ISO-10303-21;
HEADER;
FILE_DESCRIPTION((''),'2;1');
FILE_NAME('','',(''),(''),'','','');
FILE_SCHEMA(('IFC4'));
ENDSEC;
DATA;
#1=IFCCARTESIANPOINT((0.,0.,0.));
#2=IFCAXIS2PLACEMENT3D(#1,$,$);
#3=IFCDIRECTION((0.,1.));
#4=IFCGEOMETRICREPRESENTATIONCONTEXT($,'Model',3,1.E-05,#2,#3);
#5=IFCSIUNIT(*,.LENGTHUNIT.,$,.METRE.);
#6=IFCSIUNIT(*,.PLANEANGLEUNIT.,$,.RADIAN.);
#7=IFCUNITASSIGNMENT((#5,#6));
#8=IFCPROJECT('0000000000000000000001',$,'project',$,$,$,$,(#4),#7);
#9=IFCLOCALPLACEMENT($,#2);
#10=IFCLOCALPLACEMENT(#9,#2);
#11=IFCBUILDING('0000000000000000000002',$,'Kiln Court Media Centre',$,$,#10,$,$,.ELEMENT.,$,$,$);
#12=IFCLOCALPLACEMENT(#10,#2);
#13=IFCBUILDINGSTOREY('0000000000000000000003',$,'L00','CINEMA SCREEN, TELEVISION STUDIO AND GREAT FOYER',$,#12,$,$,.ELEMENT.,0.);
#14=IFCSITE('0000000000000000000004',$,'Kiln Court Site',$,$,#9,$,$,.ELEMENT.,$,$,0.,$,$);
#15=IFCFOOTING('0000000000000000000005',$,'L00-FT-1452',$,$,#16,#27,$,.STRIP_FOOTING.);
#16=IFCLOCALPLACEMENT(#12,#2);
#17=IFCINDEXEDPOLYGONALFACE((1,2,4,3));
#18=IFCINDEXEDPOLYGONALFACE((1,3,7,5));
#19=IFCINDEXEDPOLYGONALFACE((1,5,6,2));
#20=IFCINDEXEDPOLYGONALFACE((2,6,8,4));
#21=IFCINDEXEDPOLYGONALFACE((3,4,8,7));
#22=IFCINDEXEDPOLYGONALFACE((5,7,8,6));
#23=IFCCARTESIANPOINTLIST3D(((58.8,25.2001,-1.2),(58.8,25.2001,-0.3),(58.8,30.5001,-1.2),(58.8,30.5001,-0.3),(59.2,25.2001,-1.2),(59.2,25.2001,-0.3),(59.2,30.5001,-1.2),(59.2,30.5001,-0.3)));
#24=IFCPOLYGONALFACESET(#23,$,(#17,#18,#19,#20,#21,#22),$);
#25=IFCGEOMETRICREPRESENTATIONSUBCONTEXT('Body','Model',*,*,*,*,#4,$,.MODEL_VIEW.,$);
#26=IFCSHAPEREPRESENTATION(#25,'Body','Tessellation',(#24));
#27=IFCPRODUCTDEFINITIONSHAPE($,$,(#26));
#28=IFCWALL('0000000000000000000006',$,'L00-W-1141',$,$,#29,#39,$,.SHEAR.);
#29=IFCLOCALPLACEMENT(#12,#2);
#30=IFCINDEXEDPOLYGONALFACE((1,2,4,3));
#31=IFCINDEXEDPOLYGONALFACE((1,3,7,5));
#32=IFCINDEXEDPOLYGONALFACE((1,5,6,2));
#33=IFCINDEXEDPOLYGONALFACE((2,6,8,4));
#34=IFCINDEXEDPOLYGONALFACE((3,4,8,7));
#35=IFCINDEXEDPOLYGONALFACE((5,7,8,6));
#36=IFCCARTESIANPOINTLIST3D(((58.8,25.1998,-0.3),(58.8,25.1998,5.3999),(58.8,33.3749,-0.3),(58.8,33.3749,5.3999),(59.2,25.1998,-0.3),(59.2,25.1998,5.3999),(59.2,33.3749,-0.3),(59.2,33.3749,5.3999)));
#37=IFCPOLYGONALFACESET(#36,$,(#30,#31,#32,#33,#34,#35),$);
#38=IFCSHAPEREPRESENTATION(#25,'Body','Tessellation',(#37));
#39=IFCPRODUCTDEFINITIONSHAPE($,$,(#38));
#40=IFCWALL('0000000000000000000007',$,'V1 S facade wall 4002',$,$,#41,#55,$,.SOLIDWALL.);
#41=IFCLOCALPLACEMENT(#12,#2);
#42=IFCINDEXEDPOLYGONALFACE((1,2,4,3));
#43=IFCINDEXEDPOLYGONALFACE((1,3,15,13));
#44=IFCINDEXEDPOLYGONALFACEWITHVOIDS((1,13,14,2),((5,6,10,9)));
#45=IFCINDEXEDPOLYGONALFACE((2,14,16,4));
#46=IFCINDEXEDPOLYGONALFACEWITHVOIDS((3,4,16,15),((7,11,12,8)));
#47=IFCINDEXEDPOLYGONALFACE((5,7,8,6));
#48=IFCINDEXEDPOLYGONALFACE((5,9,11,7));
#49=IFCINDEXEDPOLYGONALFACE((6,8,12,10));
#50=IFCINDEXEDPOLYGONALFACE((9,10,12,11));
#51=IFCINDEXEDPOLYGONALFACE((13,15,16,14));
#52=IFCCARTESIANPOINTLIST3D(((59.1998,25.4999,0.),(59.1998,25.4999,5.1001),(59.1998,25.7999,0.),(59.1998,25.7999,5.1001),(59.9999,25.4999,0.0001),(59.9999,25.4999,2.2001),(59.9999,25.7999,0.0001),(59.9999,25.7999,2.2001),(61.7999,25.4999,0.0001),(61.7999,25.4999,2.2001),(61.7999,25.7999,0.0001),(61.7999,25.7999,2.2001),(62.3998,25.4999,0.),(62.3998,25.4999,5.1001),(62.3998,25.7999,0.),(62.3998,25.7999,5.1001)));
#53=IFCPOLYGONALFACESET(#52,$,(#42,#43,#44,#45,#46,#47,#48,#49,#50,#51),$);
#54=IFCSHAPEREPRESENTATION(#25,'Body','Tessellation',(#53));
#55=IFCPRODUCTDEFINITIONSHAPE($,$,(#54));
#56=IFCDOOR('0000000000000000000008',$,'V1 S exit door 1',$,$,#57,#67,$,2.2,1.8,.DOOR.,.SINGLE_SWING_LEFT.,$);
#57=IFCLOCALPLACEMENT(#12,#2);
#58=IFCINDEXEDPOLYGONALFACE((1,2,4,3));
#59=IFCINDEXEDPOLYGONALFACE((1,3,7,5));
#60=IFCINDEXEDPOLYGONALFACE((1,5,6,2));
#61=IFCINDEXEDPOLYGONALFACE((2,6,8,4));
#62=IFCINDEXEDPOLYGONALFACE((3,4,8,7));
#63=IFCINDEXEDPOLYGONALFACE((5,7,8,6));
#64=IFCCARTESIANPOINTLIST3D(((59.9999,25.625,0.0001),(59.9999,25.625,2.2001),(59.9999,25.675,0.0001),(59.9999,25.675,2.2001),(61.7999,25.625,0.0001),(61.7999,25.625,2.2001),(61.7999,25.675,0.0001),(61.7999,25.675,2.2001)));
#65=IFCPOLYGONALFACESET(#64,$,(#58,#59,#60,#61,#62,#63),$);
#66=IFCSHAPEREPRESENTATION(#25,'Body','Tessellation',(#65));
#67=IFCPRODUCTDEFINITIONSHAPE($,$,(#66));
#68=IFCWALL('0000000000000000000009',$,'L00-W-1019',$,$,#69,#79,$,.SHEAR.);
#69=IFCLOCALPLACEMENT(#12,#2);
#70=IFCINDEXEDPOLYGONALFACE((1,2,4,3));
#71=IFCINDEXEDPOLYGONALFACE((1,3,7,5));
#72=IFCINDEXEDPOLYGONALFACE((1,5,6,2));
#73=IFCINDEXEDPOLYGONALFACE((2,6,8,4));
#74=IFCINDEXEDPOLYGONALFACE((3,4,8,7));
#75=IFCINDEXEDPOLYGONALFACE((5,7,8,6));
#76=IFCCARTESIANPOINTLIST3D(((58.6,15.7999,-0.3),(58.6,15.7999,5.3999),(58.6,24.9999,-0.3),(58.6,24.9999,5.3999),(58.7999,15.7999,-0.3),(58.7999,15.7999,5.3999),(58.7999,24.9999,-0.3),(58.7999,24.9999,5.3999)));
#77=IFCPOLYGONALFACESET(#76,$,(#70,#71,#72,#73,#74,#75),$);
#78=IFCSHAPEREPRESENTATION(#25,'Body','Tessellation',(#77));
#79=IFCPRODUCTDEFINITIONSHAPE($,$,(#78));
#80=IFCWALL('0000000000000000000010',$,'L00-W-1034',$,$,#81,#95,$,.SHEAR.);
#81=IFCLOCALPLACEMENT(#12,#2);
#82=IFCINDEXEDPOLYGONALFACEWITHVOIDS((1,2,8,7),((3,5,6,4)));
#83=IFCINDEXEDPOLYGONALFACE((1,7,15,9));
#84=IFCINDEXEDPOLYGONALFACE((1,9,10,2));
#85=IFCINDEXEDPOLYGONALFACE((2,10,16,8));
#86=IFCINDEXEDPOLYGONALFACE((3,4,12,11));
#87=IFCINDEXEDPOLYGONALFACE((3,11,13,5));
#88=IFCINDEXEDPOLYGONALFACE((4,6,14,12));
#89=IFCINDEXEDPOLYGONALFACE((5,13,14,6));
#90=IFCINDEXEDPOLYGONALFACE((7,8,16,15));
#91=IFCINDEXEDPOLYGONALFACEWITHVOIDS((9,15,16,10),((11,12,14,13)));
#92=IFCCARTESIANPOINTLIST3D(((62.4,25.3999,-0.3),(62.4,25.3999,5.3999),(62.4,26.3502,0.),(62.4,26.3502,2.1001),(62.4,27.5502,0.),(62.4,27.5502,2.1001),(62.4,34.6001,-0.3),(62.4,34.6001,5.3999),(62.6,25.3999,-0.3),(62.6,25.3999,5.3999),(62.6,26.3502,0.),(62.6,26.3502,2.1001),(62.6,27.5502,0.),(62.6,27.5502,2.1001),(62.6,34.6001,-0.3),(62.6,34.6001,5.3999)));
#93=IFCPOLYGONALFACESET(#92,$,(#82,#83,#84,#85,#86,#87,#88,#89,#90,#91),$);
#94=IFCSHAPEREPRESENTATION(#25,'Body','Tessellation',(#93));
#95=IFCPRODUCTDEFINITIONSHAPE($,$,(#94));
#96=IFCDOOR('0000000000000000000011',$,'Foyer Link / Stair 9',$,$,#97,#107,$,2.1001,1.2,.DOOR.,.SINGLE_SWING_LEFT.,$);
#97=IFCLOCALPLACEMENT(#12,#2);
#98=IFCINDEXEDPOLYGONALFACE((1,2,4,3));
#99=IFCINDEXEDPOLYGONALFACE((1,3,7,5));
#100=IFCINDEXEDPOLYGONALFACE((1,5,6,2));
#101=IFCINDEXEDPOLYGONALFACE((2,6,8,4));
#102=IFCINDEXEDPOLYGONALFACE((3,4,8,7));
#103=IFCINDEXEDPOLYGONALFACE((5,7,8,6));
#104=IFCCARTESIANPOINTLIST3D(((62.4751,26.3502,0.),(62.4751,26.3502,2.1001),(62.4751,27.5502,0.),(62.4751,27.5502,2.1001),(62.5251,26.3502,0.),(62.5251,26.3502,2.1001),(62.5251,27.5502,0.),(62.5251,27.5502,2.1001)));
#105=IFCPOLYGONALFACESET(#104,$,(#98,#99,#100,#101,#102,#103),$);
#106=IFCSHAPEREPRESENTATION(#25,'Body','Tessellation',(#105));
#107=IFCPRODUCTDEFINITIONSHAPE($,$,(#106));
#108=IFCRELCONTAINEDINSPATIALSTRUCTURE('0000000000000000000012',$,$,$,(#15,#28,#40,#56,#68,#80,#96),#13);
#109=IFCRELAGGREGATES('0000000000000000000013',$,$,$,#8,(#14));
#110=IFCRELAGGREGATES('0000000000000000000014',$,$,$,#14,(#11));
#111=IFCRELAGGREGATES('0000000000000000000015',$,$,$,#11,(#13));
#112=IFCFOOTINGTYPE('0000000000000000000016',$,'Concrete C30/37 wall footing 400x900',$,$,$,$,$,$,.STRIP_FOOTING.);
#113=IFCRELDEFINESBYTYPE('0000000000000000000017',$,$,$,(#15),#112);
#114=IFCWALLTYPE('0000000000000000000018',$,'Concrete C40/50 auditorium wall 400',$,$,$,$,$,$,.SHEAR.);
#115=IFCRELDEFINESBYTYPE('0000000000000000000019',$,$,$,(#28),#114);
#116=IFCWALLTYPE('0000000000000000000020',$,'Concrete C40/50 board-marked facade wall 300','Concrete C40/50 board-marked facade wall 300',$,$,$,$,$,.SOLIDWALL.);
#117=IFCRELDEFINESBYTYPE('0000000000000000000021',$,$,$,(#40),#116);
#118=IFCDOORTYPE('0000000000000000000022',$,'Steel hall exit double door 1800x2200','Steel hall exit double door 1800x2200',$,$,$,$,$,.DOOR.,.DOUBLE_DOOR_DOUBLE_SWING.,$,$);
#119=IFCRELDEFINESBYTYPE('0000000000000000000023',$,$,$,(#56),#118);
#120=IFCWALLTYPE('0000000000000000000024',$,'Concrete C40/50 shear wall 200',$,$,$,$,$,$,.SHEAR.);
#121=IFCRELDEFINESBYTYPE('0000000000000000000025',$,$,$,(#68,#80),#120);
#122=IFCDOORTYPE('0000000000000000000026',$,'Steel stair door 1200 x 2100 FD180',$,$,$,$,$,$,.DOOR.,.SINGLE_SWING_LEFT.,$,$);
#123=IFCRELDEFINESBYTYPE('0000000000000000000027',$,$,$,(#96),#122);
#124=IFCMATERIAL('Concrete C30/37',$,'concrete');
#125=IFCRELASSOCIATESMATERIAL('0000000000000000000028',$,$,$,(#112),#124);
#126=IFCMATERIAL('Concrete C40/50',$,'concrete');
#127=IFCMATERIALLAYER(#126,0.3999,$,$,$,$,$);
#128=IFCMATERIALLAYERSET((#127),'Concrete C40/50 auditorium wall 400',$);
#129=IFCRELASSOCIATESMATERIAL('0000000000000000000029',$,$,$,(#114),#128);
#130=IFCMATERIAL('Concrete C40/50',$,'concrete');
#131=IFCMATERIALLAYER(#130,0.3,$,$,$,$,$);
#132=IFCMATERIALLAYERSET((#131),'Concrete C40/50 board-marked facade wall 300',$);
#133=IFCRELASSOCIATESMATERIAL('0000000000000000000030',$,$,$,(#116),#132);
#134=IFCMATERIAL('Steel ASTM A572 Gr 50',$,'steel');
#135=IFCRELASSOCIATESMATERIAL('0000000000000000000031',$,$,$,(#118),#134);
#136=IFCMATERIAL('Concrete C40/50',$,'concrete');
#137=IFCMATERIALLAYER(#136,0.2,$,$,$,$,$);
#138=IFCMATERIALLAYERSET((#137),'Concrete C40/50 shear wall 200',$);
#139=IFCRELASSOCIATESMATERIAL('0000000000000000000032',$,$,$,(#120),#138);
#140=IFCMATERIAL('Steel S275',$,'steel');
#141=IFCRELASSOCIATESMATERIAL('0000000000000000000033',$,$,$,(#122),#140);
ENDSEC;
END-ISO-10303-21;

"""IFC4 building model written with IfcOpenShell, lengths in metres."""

from ifc_helpers import new_model, si_unit, direction, frame, frame_2d, origin, origin_2d, place, context, subcontext, project, spatial, rectangle, extrude, material, layer, layer_set, type_object, element, fill, save


model = new_model("IFC4")

# Units and contexts
model_context = context("Model", 3, precision=1e-05, world=origin(), true_north=direction((0.0, 1.0)))
body_context = subcontext(model_context, "Body", "Model", "MODEL_VIEW")
ifc_project = project(units=[si_unit("LENGTHUNIT", "METRE"), si_unit("PLANEANGLEUNIT", "RADIAN")], contexts=[model_context])

# Site, building, storey
site_placement = place(None, origin())
site = spatial("IfcSite", under=ifc_project, at=site_placement, Name="Kiln Court Site", CompositionType="ELEMENT", RefElevation=0.0)
building_placement = place(site_placement, origin())
building = spatial("IfcBuilding", under=site, at=building_placement, Name="Kiln Court Media Centre", CompositionType="ELEMENT")
storey_placement = place(building_placement, origin())
storey = spatial("IfcBuildingStorey", under=building, at=storey_placement, Name="L00", Description="CINEMA SCREEN, TELEVISION STUDIO AND GREAT FOYER", CompositionType="ELEMENT", Elevation=0.0)

# Footing
ifc_material_1 = material(Name="Concrete C30/37", Category="concrete")
footing_type_1 = type_object("IfcFootingType", Name="Concrete C30/37 wall footing 400x900", PredefinedType="STRIP_FOOTING", material=ifc_material_1)
footing_1_placement = place(storey_placement, frame((59.0, 27.8501, -1.2), z_axis=(0.0, 0.0, 1.0), x_axis=(1.0, 0.0, 0.0)))
element("IfcFooting", 1, at=footing_1_placement, inside=storey, type_object=footing_type_1, Name="L00-FT-1452", PredefinedType="STRIP_FOOTING", context=body_context, shape_type="SweptSolid", body=[
    extrude(rectangle(XDim=0.3999, YDim=5.3, at=origin_2d()), origin(), (0.0, 0.0, 1.0), 0.8999),
])

# Wall
ifc_material_2 = material(Name="Concrete C40/50", Category="concrete")
ifc_layer_1 = layer(ifc_material_2, 0.3999)
ifc_layer_set_1 = layer_set([ifc_layer_1], Name="Concrete C40/50 auditorium wall 400")
wall_type_1 = type_object("IfcWallType", Name="Concrete C40/50 auditorium wall 400", PredefinedType="SHEAR", material=ifc_layer_set_1)
wall_1_placement = place(storey_placement, frame((59.0, 25.2, -0.3), z_axis=(0.0, 0.0, 1.0), x_axis=(0.0, 1.0, 0.0)))
element("IfcWall", 2, at=wall_1_placement, inside=storey, type_object=wall_type_1, Name="L00-W-1141", PredefinedType="SHEAR", context=body_context, shape_type="SweptSolid", body=[
    extrude(rectangle(XDim=8.175, YDim=0.3999, at=frame_2d((4.0874, 0.0))), origin(), (0.0, 0.0, 1.0), 5.7),
])

# Wall, opening, door
ifc_material_3 = material(Name="Concrete C40/50", Category="concrete")
ifc_layer_2 = layer(ifc_material_3, 0.3)
ifc_layer_set_2 = layer_set([ifc_layer_2], Name="Concrete C40/50 board-marked facade wall 300")
wall_type_2 = type_object("IfcWallType", Name="Concrete C40/50 board-marked facade wall 300", Description="Concrete C40/50 board-marked facade wall 300", PredefinedType="SOLIDWALL", material=ifc_layer_set_2)
wall_2_placement = place(storey_placement, frame((62.3999, 25.6499, 0.0), z_axis=(0.0, 0.0, 1.0), x_axis=(-1.0, 0.0, 0.0)))
wall_2 = element("IfcWall", 3, at=wall_2_placement, inside=storey, type_object=wall_type_2, Name="V1 S facade wall 4002", PredefinedType="SOLIDWALL", context=body_context, shape_type="SweptSolid", body=[
    extrude(rectangle(XDim=3.2, YDim=0.3, at=frame_2d((1.6001, 0.0))), origin(), (0.0, 0.0, 1.0), 5.1001),
])
opening_1_placement = place(wall_2_placement, frame((0.6001, 0.0, 0.0)))
opening_1 = element("IfcOpeningElement", 4, at=opening_1_placement, cuts=wall_2, PredefinedType="OPENING", context=body_context, shape_type="SweptSolid", body=[
    extrude(rectangle(XDim=1.8, YDim=2.2, at=frame_2d((0.8999, 1.1001))), frame((0.0, 0.1599, 0.0), z_axis=(0.0, -1.0, 0.0), x_axis=(1.0, 0.0, 0.0)), (0.0, 0.0, 1.0), 0.3201),
])
ifc_material_4 = material(Name="Steel ASTM A572 Gr 50", Category="steel")
door_type_1 = type_object("IfcDoorType", Name="Steel hall exit double door 1800x2200", Description="Steel hall exit double door 1800x2200", OperationType="DOUBLE_DOOR_DOUBLE_SWING", PredefinedType="DOOR", material=ifc_material_4)
door_1_placement = place(opening_1_placement, origin())
door_1 = element("IfcDoor", 5, at=door_1_placement, inside=storey, type_object=door_type_1, Name="V1 S exit door 1", OperationType="SINGLE_SWING_LEFT", OverallHeight=2.2, OverallWidth=1.8, PredefinedType="DOOR", context=body_context, shape_type="SweptSolid", body=[
    extrude(rectangle(XDim=1.8, YDim=2.2, at=frame_2d((0.8999, 1.1001))), frame((0.0, 0.0249, 0.0), z_axis=(0.0, -1.0, 0.0), x_axis=(1.0, 0.0, 0.0)), (0.0, 0.0, 1.0), 0.05),
])
fill(opening_1, door_1)

# Wall
ifc_material_5 = material(Name="Concrete C40/50", Category="concrete")
ifc_layer_3 = layer(ifc_material_5, 0.2)
ifc_layer_set_3 = layer_set([ifc_layer_3], Name="Concrete C40/50 shear wall 200")
wall_type_3 = type_object("IfcWallType", Name="Concrete C40/50 shear wall 200", PredefinedType="SHEAR", material=ifc_layer_set_3)
wall_3_placement = place(storey_placement, frame((58.7, 25.0, -0.3), z_axis=(0.0, 0.0, 1.0), x_axis=(0.0, -1.0, 0.0)))
element("IfcWall", 6, at=wall_3_placement, inside=storey, type_object=wall_type_3, Name="L00-W-1019", PredefinedType="SHEAR", context=body_context, shape_type="SweptSolid", body=[
    extrude(rectangle(XDim=9.2, YDim=0.2, at=frame_2d((4.6001, 0.0))), origin(), (0.0, 0.0, 1.0), 5.7),
])

# Wall, opening, door
wall_4_placement = place(storey_placement, frame((62.5, 25.3999, -0.3), z_axis=(0.0, 0.0, 1.0), x_axis=(0.0, 1.0, 0.0)))
wall_4 = element("IfcWall", 7, at=wall_4_placement, inside=storey, type_object=wall_type_3, Name="L00-W-1034", PredefinedType="SHEAR", context=body_context, shape_type="SweptSolid", body=[
    extrude(rectangle(XDim=9.2002, YDim=0.2, at=frame_2d((4.6001, 0.0))), origin(), (0.0, 0.0, 1.0), 5.7),
])
opening_2_placement = place(wall_4_placement, frame((0.9502, 0.0, 0.3)))
opening_2 = element("IfcOpeningElement", 8, at=opening_2_placement, cuts=wall_4, PredefinedType="OPENING", context=body_context, shape_type="SweptSolid", body=[
    extrude(rectangle(XDim=1.2, YDim=2.1001, at=frame_2d((0.6001, 1.05))), frame((0.0, 0.1099, 0.0), z_axis=(0.0, -1.0, 0.0), x_axis=(1.0, 0.0, 0.0)), (0.0, 0.0, 1.0), 0.22),
])
ifc_material_6 = material(Name="Steel S275", Category="steel")
door_type_2 = type_object("IfcDoorType", Name="Steel stair door 1200 x 2100 FD180", OperationType="SINGLE_SWING_LEFT", PredefinedType="DOOR", material=ifc_material_6)
door_2_placement = place(opening_2_placement, origin())
door_2 = element("IfcDoor", 9, at=door_2_placement, inside=storey, type_object=door_type_2, Name="Foyer Link / Stair 9", OperationType="SINGLE_SWING_LEFT", OverallHeight=2.1001, OverallWidth=1.2, PredefinedType="DOOR", context=body_context, shape_type="SweptSolid", body=[
    extrude(rectangle(XDim=1.2, YDim=2.1001, at=frame_2d((0.6001, 1.05))), frame((0.0, 0.0249, 0.0), z_axis=(0.0, -1.0, 0.0), x_axis=(1.0, 0.0, 0.0)), (0.0, 0.0, 1.0), 0.05),
])
fill(opening_2, door_2)

save(model, "model.ifc")
